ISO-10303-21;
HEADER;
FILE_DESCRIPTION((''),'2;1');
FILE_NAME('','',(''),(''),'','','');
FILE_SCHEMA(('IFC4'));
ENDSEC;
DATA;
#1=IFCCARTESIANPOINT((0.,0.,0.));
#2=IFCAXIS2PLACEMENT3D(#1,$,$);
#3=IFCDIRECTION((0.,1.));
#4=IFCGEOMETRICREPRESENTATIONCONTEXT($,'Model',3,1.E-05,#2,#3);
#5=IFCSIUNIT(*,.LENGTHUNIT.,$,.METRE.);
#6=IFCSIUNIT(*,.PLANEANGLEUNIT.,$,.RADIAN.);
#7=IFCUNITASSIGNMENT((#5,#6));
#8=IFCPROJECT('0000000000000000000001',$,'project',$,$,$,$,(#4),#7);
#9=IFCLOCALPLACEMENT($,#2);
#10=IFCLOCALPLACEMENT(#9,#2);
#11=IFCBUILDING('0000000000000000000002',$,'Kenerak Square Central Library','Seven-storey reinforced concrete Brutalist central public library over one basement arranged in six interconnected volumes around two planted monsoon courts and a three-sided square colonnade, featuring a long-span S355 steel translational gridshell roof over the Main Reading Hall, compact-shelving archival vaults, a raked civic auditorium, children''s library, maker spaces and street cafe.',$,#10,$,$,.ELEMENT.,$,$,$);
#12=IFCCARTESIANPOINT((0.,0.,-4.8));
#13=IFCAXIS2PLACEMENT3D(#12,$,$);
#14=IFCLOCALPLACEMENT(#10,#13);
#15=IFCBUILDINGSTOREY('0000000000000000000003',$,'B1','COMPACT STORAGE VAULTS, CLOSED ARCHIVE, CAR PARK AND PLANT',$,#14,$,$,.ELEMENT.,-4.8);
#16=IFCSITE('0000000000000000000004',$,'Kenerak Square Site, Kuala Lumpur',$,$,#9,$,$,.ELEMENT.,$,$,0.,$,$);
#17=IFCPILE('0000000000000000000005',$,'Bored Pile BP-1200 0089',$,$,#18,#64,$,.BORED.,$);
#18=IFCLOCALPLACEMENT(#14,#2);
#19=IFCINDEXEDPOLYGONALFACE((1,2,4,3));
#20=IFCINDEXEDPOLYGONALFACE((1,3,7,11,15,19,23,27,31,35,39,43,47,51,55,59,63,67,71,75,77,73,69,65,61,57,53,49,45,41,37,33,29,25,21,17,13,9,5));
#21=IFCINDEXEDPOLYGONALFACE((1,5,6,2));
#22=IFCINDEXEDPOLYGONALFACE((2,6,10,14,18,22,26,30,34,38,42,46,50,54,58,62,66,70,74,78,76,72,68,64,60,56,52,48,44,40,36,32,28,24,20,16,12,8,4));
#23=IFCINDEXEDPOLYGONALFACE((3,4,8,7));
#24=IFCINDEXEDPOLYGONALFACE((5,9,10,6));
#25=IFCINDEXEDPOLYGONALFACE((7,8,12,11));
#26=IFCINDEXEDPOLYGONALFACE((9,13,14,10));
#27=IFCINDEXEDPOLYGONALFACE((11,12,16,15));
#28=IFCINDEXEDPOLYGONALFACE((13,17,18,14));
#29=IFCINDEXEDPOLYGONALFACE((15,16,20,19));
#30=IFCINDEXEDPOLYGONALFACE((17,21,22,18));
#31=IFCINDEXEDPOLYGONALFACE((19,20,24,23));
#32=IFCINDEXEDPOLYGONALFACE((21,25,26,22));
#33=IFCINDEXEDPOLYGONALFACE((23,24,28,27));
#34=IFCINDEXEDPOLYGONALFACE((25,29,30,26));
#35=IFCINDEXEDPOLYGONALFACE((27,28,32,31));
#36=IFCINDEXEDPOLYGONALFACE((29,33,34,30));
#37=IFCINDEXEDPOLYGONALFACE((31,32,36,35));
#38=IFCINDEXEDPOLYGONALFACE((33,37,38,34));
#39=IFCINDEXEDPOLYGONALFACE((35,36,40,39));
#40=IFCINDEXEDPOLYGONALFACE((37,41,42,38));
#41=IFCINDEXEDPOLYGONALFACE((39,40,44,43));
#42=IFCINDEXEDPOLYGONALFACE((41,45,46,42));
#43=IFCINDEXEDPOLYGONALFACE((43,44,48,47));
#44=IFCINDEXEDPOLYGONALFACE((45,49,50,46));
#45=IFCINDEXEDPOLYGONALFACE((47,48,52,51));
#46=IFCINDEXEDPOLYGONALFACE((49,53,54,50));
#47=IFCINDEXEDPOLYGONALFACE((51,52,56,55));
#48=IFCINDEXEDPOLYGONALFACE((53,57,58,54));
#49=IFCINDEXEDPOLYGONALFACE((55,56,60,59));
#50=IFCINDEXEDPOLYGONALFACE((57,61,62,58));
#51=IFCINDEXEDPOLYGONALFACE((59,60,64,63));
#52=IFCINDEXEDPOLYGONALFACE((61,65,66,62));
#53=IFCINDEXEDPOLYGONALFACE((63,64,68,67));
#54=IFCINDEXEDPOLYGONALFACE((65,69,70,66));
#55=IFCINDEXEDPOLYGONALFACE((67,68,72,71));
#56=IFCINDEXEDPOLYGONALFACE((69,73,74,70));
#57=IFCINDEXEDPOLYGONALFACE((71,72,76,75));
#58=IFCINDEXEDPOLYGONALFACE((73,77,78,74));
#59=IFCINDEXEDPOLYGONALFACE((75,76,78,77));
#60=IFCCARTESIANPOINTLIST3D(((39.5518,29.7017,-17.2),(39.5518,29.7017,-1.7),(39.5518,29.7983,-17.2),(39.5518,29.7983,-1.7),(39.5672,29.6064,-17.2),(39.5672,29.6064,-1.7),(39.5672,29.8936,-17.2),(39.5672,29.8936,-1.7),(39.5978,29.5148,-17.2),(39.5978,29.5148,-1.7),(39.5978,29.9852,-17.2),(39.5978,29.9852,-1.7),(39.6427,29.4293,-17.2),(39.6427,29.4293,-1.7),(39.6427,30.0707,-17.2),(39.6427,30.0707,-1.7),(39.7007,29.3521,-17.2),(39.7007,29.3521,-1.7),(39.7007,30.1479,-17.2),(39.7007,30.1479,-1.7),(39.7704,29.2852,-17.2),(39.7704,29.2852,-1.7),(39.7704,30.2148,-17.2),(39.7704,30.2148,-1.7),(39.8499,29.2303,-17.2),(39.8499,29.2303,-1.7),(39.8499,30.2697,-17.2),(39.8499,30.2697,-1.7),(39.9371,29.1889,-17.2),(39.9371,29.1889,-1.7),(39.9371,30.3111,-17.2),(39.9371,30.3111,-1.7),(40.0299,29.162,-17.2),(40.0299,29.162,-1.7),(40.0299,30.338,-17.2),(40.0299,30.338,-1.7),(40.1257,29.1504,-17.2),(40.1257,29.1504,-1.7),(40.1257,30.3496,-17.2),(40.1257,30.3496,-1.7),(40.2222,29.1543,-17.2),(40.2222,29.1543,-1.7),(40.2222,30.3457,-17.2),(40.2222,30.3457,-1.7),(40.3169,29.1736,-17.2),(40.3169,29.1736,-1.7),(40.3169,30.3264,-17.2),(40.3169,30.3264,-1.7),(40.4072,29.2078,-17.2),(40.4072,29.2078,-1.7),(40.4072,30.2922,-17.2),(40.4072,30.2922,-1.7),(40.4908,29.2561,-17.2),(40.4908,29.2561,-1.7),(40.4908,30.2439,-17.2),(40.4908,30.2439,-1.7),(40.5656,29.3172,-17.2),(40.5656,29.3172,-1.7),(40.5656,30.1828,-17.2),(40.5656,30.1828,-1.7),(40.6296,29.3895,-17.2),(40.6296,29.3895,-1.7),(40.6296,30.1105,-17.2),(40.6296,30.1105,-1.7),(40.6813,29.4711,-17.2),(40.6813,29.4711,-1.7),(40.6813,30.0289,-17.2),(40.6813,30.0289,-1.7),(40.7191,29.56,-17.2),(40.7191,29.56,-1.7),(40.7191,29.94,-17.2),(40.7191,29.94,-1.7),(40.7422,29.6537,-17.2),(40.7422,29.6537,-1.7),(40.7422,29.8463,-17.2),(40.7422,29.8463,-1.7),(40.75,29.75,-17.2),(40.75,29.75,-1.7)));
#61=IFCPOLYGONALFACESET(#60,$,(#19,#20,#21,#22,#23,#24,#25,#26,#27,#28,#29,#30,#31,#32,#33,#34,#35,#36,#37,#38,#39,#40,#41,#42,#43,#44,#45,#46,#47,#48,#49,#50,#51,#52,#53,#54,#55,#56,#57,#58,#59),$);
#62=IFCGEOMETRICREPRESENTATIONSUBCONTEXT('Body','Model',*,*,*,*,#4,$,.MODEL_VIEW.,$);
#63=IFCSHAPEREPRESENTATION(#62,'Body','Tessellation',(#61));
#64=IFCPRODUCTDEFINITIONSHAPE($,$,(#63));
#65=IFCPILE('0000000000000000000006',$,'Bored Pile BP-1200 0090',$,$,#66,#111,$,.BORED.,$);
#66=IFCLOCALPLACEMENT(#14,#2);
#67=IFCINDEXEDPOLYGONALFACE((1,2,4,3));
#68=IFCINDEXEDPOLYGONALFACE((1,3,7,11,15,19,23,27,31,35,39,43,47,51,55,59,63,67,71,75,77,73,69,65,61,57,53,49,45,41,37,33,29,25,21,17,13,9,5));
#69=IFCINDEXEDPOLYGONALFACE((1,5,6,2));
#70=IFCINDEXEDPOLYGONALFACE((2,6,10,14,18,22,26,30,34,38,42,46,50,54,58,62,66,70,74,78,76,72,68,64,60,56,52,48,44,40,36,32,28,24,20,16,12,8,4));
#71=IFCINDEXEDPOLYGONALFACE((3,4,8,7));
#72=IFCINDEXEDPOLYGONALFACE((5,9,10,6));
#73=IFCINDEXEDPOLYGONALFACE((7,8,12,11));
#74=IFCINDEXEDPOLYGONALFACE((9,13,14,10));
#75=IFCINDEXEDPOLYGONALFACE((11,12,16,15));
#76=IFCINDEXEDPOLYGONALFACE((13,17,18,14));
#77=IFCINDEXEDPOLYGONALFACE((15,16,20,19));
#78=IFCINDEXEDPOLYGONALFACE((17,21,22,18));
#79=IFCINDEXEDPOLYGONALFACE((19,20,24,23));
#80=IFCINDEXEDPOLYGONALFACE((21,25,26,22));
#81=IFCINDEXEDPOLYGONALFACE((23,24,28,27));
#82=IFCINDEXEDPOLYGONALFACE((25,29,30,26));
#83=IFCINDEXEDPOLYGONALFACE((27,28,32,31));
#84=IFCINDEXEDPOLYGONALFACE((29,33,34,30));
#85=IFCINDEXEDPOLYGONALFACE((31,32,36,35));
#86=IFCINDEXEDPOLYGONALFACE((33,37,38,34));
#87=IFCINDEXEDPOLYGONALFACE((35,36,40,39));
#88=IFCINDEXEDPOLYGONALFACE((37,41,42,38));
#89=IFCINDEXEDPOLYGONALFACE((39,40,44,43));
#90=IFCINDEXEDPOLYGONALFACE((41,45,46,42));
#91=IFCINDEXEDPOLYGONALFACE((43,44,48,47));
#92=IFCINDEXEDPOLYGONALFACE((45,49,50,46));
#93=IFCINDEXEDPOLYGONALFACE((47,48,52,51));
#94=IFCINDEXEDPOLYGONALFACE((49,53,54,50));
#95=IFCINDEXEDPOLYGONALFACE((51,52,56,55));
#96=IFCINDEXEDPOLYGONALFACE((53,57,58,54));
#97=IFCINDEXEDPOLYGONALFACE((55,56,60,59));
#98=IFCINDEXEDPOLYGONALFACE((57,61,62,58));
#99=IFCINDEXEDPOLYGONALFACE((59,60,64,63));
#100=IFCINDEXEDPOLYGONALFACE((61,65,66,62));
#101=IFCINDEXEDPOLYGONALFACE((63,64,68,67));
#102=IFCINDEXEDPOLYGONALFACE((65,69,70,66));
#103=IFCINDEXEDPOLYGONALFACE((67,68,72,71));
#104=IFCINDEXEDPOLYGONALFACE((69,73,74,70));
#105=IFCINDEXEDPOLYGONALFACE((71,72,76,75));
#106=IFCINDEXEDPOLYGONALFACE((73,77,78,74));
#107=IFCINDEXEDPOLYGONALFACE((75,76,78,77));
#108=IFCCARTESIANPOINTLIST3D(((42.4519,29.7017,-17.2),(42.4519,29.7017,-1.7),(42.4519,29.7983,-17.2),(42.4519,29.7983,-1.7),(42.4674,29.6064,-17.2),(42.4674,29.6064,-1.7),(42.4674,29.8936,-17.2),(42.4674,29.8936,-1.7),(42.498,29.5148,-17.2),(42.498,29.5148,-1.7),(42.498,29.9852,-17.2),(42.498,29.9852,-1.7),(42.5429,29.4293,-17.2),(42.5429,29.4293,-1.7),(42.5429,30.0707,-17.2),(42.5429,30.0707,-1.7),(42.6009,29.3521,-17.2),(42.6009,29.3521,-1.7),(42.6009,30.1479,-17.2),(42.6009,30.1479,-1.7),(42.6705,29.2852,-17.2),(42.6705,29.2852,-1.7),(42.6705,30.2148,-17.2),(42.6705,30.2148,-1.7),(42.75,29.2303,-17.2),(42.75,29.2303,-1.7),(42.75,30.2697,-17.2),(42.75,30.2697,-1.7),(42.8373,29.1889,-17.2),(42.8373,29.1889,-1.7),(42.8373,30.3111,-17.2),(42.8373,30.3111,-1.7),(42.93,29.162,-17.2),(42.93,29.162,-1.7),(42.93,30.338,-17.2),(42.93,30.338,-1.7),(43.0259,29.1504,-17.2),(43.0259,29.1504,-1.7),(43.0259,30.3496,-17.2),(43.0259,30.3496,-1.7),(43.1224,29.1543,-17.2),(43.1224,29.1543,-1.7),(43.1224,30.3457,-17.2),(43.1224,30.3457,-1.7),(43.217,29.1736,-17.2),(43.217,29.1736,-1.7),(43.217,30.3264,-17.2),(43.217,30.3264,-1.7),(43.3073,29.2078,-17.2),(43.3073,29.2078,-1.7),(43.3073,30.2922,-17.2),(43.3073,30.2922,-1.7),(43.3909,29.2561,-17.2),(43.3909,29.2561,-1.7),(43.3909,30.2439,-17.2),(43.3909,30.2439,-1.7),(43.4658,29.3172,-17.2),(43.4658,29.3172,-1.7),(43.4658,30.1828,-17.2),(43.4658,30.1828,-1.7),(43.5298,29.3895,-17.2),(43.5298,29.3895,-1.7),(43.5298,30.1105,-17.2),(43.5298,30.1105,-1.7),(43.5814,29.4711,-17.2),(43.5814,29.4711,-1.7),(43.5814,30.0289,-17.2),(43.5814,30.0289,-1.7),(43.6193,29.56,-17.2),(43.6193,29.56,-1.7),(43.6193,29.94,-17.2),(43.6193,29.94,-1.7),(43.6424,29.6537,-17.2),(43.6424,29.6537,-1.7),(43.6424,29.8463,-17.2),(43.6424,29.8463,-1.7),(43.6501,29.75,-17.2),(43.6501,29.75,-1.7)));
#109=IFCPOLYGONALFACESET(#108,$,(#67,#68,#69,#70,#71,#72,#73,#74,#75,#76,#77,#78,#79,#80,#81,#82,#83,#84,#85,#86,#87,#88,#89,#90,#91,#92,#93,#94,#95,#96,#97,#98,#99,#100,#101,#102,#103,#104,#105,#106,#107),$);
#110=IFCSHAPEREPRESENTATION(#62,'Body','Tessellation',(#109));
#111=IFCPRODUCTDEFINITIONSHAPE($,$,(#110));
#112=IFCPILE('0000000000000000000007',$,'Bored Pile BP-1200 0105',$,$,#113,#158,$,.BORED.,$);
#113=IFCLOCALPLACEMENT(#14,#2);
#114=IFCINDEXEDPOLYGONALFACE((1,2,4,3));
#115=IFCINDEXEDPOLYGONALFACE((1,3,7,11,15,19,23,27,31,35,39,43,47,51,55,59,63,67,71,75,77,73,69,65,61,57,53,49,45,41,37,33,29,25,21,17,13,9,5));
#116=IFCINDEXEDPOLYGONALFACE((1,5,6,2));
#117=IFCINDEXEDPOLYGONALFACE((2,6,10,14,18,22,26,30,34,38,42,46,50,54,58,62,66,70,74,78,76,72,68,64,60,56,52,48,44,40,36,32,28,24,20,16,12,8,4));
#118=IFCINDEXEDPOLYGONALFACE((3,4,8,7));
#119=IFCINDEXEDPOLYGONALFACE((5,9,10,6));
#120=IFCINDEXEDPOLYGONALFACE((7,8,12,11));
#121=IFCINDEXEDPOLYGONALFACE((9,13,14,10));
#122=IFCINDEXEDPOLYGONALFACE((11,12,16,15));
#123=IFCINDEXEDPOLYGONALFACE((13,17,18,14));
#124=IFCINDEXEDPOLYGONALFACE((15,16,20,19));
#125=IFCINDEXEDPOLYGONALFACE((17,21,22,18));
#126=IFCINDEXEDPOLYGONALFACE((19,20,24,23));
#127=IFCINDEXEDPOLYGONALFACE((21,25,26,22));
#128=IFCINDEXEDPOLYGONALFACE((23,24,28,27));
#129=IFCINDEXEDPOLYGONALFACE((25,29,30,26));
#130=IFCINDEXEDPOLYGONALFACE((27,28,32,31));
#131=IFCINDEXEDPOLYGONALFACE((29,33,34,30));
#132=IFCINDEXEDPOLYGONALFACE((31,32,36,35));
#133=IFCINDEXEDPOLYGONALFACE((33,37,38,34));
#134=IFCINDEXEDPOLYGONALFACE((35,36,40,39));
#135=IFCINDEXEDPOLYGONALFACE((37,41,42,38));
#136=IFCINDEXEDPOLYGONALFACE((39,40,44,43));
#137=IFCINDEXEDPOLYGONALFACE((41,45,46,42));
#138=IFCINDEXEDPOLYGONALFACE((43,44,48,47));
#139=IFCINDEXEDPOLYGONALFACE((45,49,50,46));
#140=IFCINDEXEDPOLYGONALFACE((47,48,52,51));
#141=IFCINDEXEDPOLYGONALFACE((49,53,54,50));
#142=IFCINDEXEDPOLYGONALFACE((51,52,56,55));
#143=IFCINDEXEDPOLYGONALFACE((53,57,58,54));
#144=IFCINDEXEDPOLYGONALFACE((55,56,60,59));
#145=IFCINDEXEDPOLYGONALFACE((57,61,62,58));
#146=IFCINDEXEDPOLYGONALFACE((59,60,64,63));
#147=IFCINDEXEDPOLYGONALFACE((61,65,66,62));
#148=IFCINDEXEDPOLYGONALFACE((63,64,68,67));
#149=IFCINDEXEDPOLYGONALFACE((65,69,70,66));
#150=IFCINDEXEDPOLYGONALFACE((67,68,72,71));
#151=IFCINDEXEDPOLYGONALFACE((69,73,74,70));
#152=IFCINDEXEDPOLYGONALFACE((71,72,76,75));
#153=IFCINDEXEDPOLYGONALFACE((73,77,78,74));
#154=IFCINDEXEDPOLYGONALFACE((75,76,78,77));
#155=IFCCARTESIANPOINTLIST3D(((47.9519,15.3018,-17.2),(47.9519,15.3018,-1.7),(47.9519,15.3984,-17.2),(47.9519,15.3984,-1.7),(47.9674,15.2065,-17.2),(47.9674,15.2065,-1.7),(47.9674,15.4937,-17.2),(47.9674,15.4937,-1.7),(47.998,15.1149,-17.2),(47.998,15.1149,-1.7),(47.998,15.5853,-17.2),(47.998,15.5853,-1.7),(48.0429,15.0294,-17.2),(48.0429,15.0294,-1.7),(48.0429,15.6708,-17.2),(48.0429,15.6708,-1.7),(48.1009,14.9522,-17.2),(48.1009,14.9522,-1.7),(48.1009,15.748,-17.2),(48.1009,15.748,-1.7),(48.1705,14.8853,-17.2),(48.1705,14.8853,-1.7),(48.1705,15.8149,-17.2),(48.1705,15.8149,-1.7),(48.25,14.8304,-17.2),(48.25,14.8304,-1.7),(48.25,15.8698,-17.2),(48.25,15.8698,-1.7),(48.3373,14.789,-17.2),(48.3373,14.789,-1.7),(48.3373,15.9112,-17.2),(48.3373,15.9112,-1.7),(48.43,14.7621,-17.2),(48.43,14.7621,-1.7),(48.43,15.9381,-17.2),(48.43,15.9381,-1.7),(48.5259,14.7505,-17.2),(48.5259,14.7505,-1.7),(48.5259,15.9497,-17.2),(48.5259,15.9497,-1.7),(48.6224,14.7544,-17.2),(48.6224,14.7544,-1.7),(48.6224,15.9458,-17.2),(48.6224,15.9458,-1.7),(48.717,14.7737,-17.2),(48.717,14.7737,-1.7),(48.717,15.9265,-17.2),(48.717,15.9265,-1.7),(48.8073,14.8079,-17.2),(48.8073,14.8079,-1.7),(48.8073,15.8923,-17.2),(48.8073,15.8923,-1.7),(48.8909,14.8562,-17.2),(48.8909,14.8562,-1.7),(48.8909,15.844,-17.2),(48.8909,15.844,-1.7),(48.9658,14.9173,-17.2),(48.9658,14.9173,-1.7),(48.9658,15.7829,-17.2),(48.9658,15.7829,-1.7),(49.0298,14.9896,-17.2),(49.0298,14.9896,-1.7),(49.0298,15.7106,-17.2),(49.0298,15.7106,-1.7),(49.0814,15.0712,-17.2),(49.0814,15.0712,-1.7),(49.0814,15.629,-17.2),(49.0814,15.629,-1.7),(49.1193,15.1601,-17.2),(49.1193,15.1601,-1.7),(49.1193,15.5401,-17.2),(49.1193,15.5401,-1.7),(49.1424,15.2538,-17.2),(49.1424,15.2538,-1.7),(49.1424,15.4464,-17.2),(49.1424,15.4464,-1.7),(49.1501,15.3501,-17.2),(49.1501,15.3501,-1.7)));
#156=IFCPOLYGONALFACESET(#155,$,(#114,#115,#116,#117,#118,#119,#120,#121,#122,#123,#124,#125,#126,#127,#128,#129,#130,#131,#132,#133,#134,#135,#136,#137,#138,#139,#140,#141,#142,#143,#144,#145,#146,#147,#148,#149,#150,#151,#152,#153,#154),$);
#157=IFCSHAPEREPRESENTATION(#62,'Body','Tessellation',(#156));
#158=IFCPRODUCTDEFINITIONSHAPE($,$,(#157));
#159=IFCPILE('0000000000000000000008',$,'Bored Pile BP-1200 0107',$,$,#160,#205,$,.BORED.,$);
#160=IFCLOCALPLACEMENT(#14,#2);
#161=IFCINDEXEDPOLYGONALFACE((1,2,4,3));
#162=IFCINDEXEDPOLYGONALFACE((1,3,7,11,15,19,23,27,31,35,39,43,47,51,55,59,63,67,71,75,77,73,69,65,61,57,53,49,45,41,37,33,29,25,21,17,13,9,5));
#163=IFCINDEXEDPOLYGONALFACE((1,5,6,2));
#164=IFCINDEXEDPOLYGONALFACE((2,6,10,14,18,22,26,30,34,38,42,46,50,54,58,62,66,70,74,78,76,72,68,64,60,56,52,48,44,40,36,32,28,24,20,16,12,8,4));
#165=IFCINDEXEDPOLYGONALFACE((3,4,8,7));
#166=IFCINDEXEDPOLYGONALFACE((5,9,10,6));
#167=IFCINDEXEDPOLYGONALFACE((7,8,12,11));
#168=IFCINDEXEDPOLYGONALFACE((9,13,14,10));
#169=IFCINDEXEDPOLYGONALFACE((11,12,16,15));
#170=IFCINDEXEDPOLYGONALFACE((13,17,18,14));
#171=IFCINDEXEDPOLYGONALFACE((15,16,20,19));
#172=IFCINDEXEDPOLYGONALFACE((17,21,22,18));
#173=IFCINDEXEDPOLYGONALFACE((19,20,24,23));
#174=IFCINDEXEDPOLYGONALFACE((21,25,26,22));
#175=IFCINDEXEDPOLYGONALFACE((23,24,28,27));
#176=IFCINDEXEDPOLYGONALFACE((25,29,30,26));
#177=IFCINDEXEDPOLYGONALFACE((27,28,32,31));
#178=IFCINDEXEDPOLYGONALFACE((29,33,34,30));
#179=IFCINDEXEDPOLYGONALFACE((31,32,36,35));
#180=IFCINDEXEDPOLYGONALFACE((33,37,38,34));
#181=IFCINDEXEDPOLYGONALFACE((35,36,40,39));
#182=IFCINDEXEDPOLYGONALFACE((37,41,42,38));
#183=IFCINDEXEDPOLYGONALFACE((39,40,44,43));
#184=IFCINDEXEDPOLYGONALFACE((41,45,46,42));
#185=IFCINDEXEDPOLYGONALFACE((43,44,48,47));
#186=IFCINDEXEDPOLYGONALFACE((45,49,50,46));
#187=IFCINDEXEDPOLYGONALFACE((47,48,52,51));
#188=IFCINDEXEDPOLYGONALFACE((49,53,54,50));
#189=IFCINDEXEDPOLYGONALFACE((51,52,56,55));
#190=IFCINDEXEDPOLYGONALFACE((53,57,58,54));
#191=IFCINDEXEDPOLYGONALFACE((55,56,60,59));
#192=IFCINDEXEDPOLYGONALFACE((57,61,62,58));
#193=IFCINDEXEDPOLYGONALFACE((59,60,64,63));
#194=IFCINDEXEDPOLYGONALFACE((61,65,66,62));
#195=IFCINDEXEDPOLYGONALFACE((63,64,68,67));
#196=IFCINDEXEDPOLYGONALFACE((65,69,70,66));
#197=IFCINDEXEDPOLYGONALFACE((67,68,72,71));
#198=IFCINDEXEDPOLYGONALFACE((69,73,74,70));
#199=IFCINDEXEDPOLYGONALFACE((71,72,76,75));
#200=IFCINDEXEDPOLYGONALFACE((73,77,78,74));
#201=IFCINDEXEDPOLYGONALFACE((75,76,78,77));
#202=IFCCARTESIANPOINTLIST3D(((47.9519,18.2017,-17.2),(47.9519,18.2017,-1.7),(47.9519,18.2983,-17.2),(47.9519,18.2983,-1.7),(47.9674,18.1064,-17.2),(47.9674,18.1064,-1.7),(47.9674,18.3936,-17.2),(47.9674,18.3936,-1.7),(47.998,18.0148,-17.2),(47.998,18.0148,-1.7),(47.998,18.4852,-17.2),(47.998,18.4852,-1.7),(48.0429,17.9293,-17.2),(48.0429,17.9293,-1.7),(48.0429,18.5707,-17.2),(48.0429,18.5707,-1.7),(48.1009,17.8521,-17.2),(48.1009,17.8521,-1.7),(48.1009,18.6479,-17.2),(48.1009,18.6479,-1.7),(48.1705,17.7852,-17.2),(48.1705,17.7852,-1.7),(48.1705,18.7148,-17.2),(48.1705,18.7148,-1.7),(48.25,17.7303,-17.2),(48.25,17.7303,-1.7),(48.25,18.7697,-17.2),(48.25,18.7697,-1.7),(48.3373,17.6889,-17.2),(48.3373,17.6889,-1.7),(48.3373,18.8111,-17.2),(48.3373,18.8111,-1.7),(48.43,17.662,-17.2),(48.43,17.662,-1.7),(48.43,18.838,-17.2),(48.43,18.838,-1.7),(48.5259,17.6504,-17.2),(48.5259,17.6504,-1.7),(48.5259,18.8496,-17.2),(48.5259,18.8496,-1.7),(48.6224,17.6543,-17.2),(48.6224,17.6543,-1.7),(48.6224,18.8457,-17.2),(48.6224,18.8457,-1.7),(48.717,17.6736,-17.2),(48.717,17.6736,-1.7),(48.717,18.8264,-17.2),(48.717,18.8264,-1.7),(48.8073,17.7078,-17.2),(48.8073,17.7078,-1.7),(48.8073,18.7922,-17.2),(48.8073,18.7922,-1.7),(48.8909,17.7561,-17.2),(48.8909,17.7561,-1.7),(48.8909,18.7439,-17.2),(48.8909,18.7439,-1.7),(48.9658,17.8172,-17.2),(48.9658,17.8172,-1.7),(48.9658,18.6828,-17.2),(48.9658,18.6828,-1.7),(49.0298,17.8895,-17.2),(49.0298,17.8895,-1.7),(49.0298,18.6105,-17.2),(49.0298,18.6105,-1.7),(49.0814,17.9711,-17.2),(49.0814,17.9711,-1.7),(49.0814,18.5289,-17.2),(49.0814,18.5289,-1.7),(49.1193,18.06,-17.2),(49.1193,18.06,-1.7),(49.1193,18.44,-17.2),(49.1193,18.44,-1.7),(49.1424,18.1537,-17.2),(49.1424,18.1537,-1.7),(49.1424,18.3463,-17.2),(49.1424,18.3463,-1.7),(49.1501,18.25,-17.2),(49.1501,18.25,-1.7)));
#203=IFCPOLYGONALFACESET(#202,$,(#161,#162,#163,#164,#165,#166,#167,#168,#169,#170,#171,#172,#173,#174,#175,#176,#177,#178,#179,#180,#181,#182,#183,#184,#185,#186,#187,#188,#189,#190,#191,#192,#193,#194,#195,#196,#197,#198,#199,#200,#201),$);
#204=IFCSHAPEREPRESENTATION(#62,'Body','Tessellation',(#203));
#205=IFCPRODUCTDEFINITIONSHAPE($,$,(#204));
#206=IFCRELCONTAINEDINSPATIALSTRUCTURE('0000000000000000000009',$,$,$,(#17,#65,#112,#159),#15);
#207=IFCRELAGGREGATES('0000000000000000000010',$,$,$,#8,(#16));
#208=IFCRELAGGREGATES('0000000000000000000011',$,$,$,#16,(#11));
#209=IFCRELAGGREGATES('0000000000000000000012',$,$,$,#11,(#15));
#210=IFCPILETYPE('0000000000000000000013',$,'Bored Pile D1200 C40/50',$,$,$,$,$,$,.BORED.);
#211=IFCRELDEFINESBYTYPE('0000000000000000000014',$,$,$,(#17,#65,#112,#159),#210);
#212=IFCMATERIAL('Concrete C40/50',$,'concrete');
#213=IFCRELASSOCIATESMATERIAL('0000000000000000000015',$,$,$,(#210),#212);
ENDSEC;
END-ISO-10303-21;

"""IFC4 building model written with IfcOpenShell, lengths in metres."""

from ifc_helpers import new_model, si_unit, direction, frame, origin, origin_2d, place, context, subcontext, project, spatial, circle, extrude, material, material_profile, profile_set, type_object, element, save


model = new_model("IFC4")

# Units and contexts
model_context = context("Model", 3, precision=1e-05, world=origin(), true_north=direction((0.0, 1.0)))
body_context = subcontext(model_context, "Body", "Model", "MODEL_VIEW")
ifc_project = project(units=[si_unit("LENGTHUNIT", "METRE"), si_unit("PLANEANGLEUNIT", "RADIAN")], contexts=[model_context])

# Site, building, storey
site_placement = place(None, origin())
site = spatial("IfcSite", under=ifc_project, at=site_placement, Name="Kenerak Square Site, Kuala Lumpur", CompositionType="ELEMENT", RefElevation=0.0)
building_placement = place(site_placement, origin())
building = spatial("IfcBuilding", under=site, at=building_placement, Name="Kenerak Square Central Library", Description="Seven-storey reinforced concrete Brutalist central public library over one basement arranged in six interconnected volumes around two planted monsoon courts and a three-sided square colonnade, featuring a long-span S355 steel translational gridshell roof over the Main Reading Hall, compact-shelving archival vaults, a raked civic auditorium, children's library, maker spaces and street cafe.", CompositionType="ELEMENT")
storey_placement = place(building_placement, frame((0.0, 0.0, -4.8)))
storey = spatial("IfcBuildingStorey", under=building, at=storey_placement, Name="B1", Description="COMPACT STORAGE VAULTS, CLOSED ARCHIVE, CAR PARK AND PLANT", CompositionType="ELEMENT", Elevation=-4.8)

# Piles
ifc_material_1 = material(Name="Concrete C40/50", Category="concrete")
ifc_material_profile_1 = material_profile(ifc_material_1, circle(Radius=0.6001, at=origin_2d()), Name="BP D1200")
ifc_profile_set_1 = profile_set([ifc_material_profile_1], Name="Concrete C40/50")
pile_type = type_object("IfcPileType", Name="Bored Pile D1200 C40/50", PredefinedType="BORED", material=ifc_profile_set_1)
for number, where, z_axis, x_axis, name in (
    (1, (40.1499, 29.75, -1.7), (0.0, 0.0, -1.0), (1.0, 0.0, 0.0), "Bored Pile BP-1200 0089"),
    (2, (43.05, 29.75, -1.7), (0.0, 0.0, -1.0), (1.0, 0.0, 0.0), "Bored Pile BP-1200 0090"),
    (3, (48.55, 15.3501, -1.7), (0.0, 0.0, -1.0), (1.0, 0.0, 0.0), "Bored Pile BP-1200 0105"),
    (4, (48.55, 18.25, -1.7), (0.0, 0.0, -1.0), (1.0, 0.0, 0.0), "Bored Pile BP-1200 0107"),
):
    element("IfcPile", number, at=place(storey_placement, frame(where, z_axis=z_axis, x_axis=x_axis)), inside=storey, type_object=pile_type, Name=name, PredefinedType="BORED", context=body_context, shape_type="SweptSolid", body=[
        extrude(circle(Radius=0.6001, at=origin_2d()), origin(), (0.0, 0.0, 1.0), 15.5),
    ])

save(model, "model.ifc")
